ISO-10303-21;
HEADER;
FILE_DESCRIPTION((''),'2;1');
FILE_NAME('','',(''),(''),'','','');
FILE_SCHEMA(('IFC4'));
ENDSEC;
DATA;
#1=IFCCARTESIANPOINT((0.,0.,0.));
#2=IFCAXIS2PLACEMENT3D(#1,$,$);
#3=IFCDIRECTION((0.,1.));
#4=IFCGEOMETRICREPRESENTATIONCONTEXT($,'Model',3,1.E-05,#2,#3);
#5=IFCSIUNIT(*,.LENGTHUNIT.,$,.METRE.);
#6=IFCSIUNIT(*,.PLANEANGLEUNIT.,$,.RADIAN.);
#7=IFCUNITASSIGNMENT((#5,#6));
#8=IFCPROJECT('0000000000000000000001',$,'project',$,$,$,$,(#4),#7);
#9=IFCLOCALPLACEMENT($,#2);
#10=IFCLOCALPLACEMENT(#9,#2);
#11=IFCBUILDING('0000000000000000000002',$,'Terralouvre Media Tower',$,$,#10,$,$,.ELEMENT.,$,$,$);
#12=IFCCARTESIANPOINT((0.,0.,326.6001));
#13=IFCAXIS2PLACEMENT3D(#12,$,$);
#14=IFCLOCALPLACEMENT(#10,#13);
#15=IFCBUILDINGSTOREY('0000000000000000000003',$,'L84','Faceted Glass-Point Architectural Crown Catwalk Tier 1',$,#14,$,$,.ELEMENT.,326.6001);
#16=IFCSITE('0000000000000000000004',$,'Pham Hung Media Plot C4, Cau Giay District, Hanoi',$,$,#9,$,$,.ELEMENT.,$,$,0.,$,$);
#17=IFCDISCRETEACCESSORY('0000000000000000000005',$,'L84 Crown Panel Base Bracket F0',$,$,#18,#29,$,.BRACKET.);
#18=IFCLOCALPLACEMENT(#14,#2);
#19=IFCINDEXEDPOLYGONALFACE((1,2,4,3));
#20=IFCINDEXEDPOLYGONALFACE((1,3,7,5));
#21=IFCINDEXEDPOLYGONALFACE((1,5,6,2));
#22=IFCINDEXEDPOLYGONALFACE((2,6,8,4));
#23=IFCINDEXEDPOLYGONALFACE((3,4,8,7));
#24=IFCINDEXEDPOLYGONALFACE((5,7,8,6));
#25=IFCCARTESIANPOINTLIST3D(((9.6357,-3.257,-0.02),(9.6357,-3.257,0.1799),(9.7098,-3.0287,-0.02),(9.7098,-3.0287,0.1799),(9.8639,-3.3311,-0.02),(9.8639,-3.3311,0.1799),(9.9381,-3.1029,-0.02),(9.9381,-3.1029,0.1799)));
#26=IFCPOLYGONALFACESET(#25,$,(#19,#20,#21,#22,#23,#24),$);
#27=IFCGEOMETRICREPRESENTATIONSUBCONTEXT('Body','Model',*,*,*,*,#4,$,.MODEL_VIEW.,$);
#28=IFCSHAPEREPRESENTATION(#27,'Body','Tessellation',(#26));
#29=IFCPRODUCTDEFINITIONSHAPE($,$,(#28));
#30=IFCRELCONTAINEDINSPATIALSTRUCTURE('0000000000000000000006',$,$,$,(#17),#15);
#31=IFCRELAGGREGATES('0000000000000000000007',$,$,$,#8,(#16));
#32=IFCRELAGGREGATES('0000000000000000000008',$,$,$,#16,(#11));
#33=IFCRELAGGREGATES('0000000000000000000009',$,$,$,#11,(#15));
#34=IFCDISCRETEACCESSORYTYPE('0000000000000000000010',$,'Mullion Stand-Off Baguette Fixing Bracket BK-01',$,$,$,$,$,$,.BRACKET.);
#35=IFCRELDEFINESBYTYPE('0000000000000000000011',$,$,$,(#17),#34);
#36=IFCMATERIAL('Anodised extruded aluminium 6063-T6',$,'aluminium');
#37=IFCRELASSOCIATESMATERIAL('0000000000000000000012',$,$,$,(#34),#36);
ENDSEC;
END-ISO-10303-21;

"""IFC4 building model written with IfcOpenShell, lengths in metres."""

from ifc_helpers import new_model, si_unit, direction, frame, origin, origin_2d, place, context, subcontext, project, spatial, rectangle, extrude, material, type_object, element, save


model = new_model("IFC4")

# Units and contexts
model_context = context("Model", 3, precision=1e-05, world=origin(), true_north=direction((0.0, 1.0)))
body_context = subcontext(model_context, "Body", "Model", "MODEL_VIEW")
ifc_project = project(units=[si_unit("LENGTHUNIT", "METRE"), si_unit("PLANEANGLEUNIT", "RADIAN")], contexts=[model_context])

# Site, building, storey
site_placement = place(None, origin())
site = spatial("IfcSite", under=ifc_project, at=site_placement, Name="Pham Hung Media Plot C4, Cau Giay District, Hanoi", CompositionType="ELEMENT", RefElevation=0.0)
building_placement = place(site_placement, origin())
building = spatial("IfcBuilding", under=site, at=building_placement, Name="Terralouvre Media Tower", CompositionType="ELEMENT")
storey_placement = place(building_placement, frame((0.0, 0.0, 326.6001)))
storey = spatial("IfcBuildingStorey", under=building, at=storey_placement, Name="L84", Description="Faceted Glass-Point Architectural Crown Catwalk Tier 1", CompositionType="ELEMENT", Elevation=326.6001)

# Discrete accessory
ifc_material_1 = material(Name="Anodised extruded aluminium 6063-T6", Category="aluminium")
discrete_accessory_type_1 = type_object("IfcDiscreteAccessoryType", Name="Mullion Stand-Off Baguette Fixing Bracket BK-01", PredefinedType="BRACKET", material=ifc_material_1)
discrete_accessory_1_placement = place(storey_placement, frame((9.7869, -3.1799, -0.02), z_axis=(0.0, 0.0, 1.0), x_axis=(0.309017, 0.951057, 0.0)))
element("IfcDiscreteAccessory", 1, at=discrete_accessory_1_placement, inside=storey, type_object=discrete_accessory_type_1, Name="L84 Crown Panel Base Bracket F0", PredefinedType="BRACKET", context=body_context, shape_type="SweptSolid", body=[
    extrude(rectangle(XDim=0.24, YDim=0.24, at=origin_2d()), origin(), (0.0, 0.0, 1.0), 0.2),
])

save(model, "model.ifc")
